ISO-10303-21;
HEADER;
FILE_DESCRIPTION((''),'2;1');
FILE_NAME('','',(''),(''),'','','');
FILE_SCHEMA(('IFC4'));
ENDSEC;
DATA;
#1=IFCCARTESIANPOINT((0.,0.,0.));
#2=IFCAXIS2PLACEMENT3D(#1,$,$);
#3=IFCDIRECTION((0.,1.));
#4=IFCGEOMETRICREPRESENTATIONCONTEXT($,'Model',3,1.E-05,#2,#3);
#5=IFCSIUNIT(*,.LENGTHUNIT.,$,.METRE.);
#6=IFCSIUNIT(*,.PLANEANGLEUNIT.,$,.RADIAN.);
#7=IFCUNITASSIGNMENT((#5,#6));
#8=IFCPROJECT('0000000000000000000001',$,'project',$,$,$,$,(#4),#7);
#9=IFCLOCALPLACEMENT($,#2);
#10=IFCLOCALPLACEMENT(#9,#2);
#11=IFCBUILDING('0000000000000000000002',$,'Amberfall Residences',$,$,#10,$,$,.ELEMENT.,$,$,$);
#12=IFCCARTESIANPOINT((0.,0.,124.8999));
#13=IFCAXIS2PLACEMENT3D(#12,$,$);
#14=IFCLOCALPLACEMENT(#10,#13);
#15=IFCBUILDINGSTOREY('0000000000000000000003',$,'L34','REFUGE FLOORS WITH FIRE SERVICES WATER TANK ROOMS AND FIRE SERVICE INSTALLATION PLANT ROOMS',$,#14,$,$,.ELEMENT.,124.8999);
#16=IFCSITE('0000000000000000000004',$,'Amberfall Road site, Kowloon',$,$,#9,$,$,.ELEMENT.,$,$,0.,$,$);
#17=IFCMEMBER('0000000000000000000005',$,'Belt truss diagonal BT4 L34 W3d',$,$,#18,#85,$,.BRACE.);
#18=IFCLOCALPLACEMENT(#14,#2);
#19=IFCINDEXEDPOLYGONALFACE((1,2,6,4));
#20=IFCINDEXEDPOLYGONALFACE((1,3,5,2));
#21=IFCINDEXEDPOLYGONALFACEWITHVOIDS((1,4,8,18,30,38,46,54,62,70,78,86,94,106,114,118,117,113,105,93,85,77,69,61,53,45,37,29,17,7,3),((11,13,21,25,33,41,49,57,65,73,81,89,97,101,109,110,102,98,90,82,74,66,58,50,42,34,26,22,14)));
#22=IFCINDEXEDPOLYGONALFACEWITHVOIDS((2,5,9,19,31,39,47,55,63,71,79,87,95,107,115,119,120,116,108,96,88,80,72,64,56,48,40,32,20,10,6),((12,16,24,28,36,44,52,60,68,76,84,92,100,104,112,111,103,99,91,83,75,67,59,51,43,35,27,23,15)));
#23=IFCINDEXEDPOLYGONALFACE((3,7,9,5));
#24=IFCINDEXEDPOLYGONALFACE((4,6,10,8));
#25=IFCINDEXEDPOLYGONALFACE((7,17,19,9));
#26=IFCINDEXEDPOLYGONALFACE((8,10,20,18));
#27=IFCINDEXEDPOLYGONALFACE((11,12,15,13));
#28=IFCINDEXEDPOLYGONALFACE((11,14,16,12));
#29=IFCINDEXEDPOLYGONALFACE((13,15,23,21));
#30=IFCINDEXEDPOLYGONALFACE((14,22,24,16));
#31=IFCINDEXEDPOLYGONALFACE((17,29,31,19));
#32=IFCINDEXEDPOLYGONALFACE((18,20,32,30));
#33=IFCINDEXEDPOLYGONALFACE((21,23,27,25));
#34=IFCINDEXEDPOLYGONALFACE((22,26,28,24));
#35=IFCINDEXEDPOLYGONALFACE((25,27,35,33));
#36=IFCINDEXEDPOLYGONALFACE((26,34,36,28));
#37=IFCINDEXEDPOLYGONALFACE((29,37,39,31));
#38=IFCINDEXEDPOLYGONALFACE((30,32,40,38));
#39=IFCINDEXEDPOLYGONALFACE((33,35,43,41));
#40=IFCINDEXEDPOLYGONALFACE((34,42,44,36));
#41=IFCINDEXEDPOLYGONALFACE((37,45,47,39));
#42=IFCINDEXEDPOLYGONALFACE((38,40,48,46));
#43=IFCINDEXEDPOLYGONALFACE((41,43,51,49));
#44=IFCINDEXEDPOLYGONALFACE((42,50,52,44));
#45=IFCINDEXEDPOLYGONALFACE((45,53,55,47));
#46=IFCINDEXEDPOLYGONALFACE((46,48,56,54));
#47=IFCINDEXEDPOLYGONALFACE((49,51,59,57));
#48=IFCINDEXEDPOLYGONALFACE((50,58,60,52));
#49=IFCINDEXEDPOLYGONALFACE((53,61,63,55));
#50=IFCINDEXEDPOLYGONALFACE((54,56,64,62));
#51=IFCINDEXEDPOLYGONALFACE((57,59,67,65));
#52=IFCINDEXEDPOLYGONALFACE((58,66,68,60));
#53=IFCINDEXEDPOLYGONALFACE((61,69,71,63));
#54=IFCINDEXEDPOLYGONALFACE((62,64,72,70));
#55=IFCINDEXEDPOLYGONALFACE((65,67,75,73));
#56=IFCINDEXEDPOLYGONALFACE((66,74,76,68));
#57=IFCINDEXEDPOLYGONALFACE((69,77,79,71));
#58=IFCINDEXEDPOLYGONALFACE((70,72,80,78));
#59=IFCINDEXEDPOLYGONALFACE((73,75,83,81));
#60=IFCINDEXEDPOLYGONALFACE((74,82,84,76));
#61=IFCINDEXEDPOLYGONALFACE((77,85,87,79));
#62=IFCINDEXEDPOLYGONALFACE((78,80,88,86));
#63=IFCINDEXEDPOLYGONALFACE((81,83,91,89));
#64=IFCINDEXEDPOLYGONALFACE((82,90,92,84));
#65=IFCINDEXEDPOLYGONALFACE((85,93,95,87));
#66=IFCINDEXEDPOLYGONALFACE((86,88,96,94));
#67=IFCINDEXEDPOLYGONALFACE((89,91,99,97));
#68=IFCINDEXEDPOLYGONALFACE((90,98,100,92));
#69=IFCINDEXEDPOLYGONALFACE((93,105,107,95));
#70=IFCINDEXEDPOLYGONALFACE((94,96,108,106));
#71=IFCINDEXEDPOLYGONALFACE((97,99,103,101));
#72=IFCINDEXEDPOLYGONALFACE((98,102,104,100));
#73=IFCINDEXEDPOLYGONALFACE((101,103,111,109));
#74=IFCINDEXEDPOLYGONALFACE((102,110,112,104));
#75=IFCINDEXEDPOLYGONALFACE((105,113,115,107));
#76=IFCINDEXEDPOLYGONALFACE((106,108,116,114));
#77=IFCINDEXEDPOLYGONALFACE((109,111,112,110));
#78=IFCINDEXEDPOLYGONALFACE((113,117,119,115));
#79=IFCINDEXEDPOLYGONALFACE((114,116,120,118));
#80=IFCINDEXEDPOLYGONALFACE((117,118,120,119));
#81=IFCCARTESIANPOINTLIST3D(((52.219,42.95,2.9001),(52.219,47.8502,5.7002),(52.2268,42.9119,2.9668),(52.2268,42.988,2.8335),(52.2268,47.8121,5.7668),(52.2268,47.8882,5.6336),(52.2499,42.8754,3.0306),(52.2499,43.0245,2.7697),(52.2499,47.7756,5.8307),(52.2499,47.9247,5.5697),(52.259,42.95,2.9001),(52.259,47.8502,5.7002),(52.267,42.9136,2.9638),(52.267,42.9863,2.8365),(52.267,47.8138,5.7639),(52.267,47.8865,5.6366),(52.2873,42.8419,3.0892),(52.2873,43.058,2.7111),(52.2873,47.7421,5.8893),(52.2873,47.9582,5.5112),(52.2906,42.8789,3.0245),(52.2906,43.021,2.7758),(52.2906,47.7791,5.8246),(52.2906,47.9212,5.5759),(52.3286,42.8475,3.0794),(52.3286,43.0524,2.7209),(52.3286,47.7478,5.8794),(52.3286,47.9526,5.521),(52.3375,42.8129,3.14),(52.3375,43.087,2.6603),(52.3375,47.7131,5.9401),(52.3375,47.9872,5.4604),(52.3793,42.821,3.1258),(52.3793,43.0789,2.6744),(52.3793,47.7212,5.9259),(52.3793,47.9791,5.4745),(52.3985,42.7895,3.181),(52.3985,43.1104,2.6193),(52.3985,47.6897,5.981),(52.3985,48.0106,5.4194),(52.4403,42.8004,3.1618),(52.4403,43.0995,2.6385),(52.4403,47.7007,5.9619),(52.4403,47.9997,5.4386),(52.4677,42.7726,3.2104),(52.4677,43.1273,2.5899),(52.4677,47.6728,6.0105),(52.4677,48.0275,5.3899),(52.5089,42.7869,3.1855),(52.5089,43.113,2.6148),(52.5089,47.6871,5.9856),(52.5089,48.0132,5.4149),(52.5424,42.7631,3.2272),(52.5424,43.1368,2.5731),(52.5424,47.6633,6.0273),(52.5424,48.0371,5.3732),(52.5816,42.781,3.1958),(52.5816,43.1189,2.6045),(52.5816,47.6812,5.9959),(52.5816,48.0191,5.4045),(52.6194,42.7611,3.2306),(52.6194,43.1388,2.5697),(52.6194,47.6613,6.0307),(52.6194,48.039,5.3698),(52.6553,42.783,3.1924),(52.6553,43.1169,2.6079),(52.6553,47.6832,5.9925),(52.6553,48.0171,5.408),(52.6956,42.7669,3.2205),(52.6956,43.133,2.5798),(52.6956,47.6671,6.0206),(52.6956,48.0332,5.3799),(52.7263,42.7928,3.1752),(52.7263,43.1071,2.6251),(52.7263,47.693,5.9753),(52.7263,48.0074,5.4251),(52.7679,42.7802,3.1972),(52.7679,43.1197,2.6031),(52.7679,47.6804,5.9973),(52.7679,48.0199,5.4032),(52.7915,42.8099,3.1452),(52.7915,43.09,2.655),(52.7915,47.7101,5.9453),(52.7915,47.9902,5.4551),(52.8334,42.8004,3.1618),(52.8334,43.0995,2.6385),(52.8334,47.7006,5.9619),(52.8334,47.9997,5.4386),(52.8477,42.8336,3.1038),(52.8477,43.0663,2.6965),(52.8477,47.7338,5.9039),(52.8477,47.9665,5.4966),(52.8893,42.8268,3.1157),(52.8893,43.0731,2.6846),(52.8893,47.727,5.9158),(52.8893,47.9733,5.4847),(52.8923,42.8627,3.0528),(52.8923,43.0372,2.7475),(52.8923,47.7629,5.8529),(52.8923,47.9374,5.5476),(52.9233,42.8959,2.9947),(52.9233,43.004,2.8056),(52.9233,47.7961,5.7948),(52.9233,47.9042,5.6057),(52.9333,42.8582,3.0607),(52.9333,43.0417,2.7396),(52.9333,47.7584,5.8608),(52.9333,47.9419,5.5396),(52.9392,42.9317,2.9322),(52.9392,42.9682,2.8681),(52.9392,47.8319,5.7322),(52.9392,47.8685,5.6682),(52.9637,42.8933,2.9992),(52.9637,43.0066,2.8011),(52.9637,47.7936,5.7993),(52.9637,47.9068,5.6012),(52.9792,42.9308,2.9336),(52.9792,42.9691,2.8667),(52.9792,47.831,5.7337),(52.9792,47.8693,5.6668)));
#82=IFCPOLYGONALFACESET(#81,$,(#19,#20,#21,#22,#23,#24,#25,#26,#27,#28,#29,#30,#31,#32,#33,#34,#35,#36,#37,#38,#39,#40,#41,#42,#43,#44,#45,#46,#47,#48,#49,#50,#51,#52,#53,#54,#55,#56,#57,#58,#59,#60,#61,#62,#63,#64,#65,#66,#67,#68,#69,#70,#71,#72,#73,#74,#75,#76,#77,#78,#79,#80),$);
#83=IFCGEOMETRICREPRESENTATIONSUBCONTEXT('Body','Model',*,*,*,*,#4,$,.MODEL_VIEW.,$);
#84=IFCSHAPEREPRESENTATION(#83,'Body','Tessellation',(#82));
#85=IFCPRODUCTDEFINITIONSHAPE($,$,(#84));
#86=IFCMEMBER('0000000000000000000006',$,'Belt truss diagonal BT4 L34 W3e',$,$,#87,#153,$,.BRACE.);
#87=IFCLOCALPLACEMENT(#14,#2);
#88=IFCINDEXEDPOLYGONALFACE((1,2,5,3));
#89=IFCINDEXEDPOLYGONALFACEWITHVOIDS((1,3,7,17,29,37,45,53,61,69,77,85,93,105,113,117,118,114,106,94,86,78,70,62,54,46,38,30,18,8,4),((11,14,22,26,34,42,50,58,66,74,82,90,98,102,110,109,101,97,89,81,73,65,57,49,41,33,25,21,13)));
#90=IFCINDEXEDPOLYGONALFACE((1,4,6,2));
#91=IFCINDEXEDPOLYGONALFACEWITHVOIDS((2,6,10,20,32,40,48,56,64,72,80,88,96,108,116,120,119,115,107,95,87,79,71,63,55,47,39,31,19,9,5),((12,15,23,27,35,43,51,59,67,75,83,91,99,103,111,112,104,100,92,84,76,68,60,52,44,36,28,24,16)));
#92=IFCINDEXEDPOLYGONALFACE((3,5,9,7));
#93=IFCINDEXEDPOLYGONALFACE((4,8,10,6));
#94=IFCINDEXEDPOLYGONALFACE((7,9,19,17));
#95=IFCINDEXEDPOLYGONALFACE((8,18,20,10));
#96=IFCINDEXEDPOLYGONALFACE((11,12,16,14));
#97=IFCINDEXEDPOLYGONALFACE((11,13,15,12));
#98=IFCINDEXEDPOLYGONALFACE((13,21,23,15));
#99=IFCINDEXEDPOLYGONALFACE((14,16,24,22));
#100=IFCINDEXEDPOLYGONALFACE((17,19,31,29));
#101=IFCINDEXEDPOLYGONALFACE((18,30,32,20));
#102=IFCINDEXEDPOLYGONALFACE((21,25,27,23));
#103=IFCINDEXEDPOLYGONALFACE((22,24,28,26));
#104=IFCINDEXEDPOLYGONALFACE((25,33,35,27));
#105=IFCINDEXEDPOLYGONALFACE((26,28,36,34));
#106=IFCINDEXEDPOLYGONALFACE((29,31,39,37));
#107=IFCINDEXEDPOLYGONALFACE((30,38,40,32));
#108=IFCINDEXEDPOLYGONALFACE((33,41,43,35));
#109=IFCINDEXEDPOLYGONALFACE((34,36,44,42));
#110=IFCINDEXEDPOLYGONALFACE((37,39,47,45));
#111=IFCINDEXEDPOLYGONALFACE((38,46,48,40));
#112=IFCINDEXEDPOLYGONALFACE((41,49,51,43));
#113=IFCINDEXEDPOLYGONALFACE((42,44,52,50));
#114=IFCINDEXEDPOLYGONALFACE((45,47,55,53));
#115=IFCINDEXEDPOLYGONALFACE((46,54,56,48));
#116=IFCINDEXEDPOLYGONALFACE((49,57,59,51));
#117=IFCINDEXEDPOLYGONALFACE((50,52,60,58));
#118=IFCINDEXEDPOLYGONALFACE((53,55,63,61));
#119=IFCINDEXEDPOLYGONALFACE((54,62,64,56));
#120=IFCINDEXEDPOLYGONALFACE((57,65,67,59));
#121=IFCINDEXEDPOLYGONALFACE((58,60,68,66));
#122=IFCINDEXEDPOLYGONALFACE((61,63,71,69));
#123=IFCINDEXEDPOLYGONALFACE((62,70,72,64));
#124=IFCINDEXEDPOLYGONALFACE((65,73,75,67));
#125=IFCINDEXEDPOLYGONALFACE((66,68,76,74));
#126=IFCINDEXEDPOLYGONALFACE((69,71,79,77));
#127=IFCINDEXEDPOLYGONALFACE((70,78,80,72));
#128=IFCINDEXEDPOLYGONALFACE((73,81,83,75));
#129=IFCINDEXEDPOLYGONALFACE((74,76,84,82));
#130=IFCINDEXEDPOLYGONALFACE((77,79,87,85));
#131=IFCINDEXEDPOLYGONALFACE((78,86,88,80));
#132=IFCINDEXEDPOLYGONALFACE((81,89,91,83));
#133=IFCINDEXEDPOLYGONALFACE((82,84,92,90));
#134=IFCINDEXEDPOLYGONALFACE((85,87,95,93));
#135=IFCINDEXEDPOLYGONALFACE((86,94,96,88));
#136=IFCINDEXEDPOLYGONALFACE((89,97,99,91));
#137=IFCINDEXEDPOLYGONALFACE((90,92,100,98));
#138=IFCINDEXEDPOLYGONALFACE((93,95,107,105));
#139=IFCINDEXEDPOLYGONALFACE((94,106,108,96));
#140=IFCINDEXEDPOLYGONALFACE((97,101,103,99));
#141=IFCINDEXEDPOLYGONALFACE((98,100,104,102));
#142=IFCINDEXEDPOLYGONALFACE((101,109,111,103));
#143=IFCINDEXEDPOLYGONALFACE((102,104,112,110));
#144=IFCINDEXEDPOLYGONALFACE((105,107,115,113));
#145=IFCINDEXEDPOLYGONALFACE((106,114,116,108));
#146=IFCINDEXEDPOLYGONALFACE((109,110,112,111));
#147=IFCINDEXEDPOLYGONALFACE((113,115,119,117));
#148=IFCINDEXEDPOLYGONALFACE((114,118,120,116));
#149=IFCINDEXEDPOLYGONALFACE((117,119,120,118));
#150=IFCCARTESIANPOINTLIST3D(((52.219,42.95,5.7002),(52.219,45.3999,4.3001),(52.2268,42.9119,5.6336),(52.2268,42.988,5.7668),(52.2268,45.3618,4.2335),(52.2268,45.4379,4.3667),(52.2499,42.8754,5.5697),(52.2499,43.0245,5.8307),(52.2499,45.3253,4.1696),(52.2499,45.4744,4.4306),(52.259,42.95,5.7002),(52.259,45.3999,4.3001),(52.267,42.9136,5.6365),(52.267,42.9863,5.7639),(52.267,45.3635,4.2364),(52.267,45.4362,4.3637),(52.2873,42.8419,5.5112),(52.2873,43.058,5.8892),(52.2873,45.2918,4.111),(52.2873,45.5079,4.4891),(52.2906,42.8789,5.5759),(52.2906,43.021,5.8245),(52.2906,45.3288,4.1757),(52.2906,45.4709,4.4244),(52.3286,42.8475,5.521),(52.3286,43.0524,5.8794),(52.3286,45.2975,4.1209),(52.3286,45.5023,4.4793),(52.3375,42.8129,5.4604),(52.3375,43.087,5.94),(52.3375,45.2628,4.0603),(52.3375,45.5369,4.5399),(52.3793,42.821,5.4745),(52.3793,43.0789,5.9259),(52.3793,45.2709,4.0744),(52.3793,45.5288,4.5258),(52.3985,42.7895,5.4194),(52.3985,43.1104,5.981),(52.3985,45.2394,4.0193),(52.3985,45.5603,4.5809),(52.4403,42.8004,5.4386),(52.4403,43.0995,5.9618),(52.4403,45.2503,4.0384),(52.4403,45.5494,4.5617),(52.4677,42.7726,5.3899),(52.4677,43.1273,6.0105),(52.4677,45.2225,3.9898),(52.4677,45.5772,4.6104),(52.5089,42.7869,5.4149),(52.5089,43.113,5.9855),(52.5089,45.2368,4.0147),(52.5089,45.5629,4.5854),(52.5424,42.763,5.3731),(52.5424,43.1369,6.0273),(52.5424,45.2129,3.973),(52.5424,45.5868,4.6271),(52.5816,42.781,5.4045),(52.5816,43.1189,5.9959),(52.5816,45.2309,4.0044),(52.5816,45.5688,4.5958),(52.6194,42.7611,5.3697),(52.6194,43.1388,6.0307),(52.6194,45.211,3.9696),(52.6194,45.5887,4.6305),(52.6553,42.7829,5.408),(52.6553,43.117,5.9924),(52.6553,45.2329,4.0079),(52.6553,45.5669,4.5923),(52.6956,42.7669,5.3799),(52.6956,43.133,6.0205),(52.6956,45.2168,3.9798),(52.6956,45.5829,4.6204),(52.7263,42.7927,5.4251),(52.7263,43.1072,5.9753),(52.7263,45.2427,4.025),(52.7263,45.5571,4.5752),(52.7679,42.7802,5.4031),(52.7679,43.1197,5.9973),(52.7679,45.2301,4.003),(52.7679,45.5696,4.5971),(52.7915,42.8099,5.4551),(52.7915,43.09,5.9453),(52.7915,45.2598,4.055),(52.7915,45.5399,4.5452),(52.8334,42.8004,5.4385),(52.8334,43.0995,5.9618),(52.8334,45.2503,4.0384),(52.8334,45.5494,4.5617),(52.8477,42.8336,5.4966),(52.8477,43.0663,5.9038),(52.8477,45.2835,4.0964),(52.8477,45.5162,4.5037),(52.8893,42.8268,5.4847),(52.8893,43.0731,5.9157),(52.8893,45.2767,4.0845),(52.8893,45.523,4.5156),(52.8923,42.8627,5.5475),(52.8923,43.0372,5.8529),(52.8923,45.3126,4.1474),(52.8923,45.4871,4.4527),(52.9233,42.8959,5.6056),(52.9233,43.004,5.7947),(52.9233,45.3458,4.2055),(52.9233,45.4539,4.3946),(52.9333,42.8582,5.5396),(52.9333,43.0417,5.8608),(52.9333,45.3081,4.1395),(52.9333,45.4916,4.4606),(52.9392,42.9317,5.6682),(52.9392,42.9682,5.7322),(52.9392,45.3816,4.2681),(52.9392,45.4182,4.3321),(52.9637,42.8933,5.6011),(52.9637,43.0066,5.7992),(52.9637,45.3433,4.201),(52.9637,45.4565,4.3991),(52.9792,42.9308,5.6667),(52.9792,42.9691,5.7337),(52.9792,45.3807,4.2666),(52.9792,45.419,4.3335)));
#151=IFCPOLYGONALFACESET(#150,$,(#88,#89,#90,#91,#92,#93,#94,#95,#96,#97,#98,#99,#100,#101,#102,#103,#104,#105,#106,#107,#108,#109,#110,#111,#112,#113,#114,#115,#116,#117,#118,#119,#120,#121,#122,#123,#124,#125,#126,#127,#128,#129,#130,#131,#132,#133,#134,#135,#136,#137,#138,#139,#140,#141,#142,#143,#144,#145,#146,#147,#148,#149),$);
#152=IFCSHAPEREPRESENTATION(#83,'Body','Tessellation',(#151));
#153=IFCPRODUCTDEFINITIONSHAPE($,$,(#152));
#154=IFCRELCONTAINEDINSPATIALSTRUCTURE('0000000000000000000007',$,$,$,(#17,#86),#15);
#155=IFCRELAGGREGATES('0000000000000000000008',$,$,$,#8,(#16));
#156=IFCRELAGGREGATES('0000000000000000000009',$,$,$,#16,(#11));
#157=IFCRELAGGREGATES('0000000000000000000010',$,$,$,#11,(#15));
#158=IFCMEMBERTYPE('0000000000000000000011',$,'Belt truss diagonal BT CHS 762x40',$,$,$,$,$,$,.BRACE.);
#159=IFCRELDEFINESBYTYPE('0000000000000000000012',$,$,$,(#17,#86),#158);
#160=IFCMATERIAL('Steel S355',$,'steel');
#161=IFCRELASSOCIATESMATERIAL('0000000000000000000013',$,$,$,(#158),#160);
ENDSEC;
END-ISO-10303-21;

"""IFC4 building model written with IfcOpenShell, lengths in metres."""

from ifc_helpers import new_model, si_unit, direction, frame, origin, origin_2d, place, context, subcontext, project, spatial, hollow_circle, extrude, material, material_profile, profile_set, type_object, element, save


model = new_model("IFC4")

# Units and contexts
model_context = context("Model", 3, precision=1e-05, world=origin(), true_north=direction((0.0, 1.0)))
body_context = subcontext(model_context, "Body", "Model", "MODEL_VIEW")
ifc_project = project(units=[si_unit("LENGTHUNIT", "METRE"), si_unit("PLANEANGLEUNIT", "RADIAN")], contexts=[model_context])

# Site, building, storey
site_placement = place(None, origin())
site = spatial("IfcSite", under=ifc_project, at=site_placement, Name="Amberfall Road site, Kowloon", CompositionType="ELEMENT", RefElevation=0.0)
building_placement = place(site_placement, origin())
building = spatial("IfcBuilding", under=site, at=building_placement, Name="Amberfall Residences", CompositionType="ELEMENT")
storey_placement = place(building_placement, frame((0.0, 0.0, 124.8999)))
storey = spatial("IfcBuildingStorey", under=building, at=storey_placement, Name="L34", Description="REFUGE FLOORS WITH FIRE SERVICES WATER TANK ROOMS AND FIRE SERVICE INSTALLATION PLANT ROOMS", CompositionType="ELEMENT", Elevation=124.8999)

# Shared definitions
ifc_material_1 = material(Name="Steel S355", Category="steel")

# Members
ifc_material_profile_1 = material_profile(ifc_material_1, hollow_circle(Radius=0.3811, WallThickness=0.04, at=origin_2d()), Name="CHS 762x40")
ifc_profile_set_1 = profile_set([ifc_material_profile_1], Name="Steel S355")
member_type_1 = type_object("IfcMemberType", Name="Belt truss diagonal BT CHS 762x40", PredefinedType="BRACE", material=ifc_profile_set_1)
member_1_placement = place(storey_placement, frame((52.6001, 42.95, 2.9001), z_axis=(0.0, 0.868246, 0.496134), x_axis=(-1.0, 0.0, 0.0)))
element("IfcMember", 1, at=member_1_placement, inside=storey, type_object=member_type_1, Name="Belt truss diagonal BT4 L34 W3d", PredefinedType="BRACE", context=body_context, shape_type="SweptSolid", body=[
    extrude(hollow_circle(Radius=0.3811, WallThickness=0.04, at=origin_2d()), origin(), (0.0, 0.0, 1.0), 5.6438),
])
member_2_placement = place(storey_placement, frame((52.6001, 42.95, 5.7002), z_axis=(0.0, 0.868217, -0.496186), x_axis=(-1.0, 0.0, 0.0)))
element("IfcMember", 2, at=member_2_placement, inside=storey, type_object=member_type_1, Name="Belt truss diagonal BT4 L34 W3e", PredefinedType="BRACE", context=body_context, shape_type="SweptSolid", body=[
    extrude(hollow_circle(Radius=0.3811, WallThickness=0.04, at=origin_2d()), origin(), (0.0, 0.0, 1.0), 2.8218),
])

save(model, "model.ifc")
